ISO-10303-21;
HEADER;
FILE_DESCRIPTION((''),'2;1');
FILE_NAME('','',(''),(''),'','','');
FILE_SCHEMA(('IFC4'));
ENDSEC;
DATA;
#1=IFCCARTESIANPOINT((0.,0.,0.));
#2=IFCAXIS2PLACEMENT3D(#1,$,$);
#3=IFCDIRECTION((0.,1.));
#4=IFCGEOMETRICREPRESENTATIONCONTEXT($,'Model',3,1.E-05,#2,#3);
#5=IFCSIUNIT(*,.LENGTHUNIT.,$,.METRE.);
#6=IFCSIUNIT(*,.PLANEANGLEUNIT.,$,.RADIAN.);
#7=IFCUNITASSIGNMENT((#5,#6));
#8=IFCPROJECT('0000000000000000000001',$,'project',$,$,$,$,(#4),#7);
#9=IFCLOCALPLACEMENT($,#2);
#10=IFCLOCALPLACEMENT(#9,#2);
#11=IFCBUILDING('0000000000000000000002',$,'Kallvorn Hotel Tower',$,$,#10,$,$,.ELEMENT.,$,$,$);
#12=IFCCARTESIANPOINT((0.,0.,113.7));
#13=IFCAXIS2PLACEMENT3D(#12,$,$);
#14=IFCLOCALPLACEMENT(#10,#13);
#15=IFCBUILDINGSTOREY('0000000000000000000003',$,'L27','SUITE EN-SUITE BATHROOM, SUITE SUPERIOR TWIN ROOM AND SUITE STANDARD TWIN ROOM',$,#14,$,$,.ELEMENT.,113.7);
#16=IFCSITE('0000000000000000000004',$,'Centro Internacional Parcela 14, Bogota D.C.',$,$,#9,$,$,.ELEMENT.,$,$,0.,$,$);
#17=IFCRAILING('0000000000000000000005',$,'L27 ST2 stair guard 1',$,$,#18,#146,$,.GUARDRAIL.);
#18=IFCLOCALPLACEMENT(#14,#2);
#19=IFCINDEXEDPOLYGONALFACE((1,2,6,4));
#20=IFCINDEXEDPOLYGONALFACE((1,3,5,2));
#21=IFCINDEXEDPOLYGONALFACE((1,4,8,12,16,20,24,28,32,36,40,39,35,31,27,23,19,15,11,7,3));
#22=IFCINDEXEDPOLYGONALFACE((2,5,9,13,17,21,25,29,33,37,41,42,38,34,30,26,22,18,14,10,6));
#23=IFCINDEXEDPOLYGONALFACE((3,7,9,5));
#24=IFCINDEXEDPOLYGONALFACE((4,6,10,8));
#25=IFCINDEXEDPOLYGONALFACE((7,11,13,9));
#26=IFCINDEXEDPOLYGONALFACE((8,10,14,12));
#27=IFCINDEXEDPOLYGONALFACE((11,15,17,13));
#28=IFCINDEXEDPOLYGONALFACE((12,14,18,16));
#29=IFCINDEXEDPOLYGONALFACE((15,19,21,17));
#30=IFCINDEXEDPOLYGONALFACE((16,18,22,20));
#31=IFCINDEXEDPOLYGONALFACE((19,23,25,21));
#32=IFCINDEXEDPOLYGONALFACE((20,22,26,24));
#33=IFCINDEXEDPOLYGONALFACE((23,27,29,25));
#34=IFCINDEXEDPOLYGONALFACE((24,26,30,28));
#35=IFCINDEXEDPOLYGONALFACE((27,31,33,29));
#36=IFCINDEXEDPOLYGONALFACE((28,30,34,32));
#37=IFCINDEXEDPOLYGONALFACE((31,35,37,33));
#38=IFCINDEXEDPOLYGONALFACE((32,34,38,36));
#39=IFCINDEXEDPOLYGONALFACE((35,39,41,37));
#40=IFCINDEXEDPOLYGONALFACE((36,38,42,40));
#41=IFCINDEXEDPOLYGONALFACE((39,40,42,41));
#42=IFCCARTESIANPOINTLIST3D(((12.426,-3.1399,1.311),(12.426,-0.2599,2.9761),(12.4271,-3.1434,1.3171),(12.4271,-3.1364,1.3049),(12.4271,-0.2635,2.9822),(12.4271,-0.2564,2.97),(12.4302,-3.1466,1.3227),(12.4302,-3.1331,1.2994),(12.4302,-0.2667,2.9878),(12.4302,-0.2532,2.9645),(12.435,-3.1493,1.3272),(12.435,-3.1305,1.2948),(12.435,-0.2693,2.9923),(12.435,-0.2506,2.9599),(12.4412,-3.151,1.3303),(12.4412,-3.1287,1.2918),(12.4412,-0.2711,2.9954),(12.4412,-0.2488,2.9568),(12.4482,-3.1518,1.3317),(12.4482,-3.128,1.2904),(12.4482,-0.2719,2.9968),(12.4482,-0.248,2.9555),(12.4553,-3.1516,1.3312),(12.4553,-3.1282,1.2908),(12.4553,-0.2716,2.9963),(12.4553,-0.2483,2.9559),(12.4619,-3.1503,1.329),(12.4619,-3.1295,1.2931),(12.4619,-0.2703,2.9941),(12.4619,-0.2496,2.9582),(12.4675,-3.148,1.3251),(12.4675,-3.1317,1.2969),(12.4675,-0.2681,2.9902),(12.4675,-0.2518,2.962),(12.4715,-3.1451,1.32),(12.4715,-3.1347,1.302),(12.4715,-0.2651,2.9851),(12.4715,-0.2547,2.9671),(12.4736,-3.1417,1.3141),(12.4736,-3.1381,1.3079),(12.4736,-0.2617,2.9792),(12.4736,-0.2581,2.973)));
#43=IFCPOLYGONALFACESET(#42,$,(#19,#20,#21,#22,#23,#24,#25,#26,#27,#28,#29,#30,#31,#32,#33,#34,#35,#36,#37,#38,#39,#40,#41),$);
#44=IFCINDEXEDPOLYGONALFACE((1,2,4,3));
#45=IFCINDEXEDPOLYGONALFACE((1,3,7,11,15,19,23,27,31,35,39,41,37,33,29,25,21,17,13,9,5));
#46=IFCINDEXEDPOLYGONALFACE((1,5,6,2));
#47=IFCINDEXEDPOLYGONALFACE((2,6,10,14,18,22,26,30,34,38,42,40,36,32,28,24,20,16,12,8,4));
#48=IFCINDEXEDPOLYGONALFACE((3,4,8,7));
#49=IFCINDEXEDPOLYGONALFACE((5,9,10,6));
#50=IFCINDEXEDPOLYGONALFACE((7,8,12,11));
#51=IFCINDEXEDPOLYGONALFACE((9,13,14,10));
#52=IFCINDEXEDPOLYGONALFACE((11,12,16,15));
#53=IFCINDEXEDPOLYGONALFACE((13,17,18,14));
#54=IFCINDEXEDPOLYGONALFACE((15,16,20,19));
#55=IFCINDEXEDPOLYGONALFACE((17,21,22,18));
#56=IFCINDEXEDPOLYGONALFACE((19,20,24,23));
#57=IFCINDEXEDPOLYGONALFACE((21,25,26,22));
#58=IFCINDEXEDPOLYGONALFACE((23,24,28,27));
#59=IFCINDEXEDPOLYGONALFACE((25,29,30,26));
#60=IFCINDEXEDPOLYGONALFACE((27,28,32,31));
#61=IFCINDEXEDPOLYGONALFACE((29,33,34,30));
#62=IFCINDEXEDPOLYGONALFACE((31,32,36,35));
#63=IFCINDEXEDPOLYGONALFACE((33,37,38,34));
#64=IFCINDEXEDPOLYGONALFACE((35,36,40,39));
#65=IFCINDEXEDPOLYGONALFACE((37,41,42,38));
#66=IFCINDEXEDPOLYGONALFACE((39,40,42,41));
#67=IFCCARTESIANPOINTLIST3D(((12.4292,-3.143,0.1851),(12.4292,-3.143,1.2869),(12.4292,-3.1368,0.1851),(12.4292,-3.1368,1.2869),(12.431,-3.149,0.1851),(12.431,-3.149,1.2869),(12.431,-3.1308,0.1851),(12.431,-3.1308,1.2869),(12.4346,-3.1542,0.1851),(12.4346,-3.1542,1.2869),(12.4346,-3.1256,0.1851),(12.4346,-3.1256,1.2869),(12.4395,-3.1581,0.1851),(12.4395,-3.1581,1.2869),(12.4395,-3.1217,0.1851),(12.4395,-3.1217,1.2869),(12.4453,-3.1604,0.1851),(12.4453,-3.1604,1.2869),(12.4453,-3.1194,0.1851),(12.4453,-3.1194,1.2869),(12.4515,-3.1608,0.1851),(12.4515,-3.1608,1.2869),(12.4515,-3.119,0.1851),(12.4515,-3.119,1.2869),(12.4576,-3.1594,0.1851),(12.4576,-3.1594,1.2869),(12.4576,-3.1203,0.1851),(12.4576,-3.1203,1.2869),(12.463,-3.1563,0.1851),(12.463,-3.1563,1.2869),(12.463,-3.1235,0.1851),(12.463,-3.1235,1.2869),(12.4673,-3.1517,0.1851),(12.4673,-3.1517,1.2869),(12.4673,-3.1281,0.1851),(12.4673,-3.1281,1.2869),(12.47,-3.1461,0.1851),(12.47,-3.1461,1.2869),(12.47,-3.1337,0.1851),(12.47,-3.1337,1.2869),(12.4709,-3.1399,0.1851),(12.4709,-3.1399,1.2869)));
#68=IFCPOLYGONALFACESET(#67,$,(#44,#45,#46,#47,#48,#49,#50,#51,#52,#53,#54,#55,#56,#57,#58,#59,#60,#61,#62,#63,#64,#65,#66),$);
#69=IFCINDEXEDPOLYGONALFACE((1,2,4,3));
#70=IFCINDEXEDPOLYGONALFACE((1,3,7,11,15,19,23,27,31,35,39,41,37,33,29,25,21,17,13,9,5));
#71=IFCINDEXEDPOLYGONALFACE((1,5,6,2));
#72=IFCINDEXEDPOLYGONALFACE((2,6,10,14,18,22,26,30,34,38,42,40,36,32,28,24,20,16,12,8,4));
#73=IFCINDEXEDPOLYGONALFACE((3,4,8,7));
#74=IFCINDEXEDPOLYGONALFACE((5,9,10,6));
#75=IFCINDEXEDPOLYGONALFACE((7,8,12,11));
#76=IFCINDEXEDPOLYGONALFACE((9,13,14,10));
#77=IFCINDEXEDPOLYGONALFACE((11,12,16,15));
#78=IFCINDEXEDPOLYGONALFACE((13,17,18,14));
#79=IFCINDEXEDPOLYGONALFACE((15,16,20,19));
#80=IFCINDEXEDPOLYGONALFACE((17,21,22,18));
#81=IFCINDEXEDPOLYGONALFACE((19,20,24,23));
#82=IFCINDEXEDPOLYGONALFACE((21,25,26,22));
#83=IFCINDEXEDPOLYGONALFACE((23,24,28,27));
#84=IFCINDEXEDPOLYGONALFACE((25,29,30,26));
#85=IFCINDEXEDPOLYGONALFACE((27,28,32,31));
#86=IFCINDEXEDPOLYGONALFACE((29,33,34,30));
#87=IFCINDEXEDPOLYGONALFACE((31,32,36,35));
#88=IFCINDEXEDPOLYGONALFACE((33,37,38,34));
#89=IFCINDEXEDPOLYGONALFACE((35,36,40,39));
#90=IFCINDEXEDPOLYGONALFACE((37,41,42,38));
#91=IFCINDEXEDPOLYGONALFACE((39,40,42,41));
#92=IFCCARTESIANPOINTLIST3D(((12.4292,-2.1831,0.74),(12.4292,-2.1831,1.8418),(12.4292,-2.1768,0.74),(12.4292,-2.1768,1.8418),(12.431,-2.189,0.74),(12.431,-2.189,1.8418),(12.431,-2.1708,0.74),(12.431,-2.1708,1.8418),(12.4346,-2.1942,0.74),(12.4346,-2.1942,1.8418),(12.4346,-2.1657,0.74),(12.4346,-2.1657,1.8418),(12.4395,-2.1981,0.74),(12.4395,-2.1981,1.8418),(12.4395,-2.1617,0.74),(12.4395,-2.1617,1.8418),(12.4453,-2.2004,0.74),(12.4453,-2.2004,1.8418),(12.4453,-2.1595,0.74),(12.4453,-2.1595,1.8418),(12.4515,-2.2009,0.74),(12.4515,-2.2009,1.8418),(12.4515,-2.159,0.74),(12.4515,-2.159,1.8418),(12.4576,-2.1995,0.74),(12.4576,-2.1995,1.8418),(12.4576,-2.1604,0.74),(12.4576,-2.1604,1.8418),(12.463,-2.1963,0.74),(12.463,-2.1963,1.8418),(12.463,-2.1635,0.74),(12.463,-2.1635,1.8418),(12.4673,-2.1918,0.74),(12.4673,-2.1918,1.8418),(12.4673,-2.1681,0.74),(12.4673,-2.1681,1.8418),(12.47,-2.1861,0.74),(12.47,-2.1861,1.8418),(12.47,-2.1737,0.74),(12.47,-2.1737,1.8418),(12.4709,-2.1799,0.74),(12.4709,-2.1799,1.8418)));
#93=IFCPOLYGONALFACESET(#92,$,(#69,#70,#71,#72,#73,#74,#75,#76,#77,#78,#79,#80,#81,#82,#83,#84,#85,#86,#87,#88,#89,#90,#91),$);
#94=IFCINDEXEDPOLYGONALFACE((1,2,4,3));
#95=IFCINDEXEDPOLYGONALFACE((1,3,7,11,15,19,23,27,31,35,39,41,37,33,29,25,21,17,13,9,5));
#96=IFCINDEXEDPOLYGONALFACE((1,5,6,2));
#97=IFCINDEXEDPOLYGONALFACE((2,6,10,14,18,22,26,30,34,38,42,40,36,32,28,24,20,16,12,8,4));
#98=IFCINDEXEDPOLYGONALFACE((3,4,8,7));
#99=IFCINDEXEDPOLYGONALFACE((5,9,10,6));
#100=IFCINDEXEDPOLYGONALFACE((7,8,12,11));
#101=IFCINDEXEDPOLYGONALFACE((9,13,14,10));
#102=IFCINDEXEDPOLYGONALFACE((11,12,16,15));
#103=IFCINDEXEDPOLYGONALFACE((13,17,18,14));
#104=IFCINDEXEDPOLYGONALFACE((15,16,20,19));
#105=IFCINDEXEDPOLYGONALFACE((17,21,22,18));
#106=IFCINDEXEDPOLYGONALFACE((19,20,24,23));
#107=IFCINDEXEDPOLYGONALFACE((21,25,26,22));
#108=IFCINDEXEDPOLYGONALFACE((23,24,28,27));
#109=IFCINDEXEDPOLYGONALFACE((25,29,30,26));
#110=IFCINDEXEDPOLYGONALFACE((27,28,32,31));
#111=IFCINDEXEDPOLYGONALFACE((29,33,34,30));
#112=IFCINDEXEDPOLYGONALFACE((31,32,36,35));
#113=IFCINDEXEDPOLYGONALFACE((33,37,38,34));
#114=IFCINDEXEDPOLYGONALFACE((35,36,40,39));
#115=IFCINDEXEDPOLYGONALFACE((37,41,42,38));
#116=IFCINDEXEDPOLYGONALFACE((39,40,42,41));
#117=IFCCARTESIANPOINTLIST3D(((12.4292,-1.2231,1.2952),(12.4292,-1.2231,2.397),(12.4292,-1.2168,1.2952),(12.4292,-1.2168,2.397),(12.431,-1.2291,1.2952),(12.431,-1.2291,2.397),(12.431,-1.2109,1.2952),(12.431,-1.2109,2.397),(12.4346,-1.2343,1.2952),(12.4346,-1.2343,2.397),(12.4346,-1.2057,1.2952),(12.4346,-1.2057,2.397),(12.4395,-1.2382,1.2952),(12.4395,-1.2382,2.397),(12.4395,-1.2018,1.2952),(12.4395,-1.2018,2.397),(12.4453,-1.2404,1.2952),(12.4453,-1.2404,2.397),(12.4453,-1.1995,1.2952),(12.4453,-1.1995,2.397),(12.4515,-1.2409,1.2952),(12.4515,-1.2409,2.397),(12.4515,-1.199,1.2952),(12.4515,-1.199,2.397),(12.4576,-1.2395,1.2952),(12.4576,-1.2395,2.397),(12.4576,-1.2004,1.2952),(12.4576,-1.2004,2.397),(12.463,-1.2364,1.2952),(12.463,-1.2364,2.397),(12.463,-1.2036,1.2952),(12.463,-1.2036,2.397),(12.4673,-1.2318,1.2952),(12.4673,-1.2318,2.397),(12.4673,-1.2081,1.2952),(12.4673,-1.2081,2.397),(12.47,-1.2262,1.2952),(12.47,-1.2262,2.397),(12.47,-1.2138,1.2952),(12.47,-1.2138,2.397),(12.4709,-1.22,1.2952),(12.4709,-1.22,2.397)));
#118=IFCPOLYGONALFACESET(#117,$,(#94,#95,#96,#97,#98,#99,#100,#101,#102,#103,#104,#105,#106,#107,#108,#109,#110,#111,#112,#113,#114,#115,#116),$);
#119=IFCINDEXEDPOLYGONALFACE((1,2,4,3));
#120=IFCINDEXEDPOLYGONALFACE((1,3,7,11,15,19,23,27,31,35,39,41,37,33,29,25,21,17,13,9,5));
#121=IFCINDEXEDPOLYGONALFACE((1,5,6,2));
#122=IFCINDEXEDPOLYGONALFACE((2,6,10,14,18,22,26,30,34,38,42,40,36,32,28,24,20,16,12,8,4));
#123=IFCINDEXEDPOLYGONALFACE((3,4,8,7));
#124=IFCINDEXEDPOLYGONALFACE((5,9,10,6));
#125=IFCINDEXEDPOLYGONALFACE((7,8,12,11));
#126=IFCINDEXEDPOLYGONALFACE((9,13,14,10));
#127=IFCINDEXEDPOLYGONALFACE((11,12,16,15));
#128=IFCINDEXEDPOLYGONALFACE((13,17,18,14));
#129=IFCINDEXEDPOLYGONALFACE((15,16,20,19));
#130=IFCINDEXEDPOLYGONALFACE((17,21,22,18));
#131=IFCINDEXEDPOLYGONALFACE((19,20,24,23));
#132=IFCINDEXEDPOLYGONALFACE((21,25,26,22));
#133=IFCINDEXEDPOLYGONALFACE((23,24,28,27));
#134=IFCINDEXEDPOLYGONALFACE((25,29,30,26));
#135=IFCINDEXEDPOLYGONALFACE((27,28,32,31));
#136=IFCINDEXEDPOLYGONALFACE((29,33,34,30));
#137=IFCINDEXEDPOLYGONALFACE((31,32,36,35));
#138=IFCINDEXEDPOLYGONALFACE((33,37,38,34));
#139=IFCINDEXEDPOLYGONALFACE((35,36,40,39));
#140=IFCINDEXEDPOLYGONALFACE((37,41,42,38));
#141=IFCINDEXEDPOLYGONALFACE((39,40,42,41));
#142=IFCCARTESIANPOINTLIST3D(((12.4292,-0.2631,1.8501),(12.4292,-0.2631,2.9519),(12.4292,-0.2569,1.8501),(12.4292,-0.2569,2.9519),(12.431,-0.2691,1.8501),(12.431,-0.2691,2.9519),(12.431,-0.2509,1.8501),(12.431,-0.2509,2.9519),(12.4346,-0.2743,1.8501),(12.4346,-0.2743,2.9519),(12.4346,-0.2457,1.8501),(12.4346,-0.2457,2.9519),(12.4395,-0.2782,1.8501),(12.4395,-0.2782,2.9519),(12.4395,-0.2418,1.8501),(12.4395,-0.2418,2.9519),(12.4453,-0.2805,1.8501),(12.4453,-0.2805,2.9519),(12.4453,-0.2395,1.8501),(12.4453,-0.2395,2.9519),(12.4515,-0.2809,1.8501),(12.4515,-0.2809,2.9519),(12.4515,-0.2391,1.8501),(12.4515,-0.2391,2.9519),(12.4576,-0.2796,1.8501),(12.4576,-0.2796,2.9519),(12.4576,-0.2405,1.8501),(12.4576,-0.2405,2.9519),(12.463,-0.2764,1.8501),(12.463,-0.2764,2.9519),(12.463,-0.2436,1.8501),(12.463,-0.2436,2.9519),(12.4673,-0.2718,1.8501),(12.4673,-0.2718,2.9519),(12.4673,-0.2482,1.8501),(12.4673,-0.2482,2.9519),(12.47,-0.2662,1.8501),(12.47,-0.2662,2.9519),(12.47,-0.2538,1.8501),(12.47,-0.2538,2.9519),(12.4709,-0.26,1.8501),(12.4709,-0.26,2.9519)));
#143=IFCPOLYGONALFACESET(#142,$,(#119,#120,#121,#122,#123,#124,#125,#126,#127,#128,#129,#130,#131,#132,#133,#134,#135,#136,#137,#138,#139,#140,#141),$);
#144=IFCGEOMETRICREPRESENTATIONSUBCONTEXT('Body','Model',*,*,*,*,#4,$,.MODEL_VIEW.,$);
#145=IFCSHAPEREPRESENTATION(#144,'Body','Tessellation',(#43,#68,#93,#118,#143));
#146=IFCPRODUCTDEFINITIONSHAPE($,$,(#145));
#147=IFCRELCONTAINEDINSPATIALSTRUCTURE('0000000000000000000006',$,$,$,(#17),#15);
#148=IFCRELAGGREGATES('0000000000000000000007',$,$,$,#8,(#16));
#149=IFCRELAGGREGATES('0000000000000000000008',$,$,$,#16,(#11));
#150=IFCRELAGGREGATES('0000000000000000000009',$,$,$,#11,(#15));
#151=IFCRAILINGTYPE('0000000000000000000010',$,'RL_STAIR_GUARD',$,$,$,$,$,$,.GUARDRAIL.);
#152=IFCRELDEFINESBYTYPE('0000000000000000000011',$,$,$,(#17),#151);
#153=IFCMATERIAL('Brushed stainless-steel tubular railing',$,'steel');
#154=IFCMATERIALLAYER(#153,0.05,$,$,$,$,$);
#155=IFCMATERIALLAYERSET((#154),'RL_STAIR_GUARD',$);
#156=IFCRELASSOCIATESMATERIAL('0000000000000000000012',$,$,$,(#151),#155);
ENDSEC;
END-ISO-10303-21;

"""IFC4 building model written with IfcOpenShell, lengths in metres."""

from ifc_helpers import new_model, si_unit, direction, frame, origin, origin_2d, place, context, subcontext, project, spatial, circle, extrude, material, layer, layer_set, type_object, element, save


model = new_model("IFC4")

# Units and contexts
model_context = context("Model", 3, precision=1e-05, world=origin(), true_north=direction((0.0, 1.0)))
body_context = subcontext(model_context, "Body", "Model", "MODEL_VIEW")
ifc_project = project(units=[si_unit("LENGTHUNIT", "METRE"), si_unit("PLANEANGLEUNIT", "RADIAN")], contexts=[model_context])

# Site, building, storey
site_placement = place(None, origin())
site = spatial("IfcSite", under=ifc_project, at=site_placement, Name="Centro Internacional Parcela 14, Bogota D.C.", CompositionType="ELEMENT", RefElevation=0.0)
building_placement = place(site_placement, origin())
building = spatial("IfcBuilding", under=site, at=building_placement, Name="Kallvorn Hotel Tower", CompositionType="ELEMENT")
storey_placement = place(building_placement, frame((0.0, 0.0, 113.7)))
storey = spatial("IfcBuildingStorey", under=building, at=storey_placement, Name="L27", Description="SUITE EN-SUITE BATHROOM, SUITE SUPERIOR TWIN ROOM AND SUITE STANDARD TWIN ROOM", CompositionType="ELEMENT", Elevation=113.7)

# Railing
ifc_material_1 = material(Name="Brushed stainless-steel tubular railing", Category="steel")
ifc_layer_1 = layer(ifc_material_1, 0.05)
ifc_layer_set_1 = layer_set([ifc_layer_1], Name="RL_STAIR_GUARD")
railing_type_1 = type_object("IfcRailingType", Name="RL_STAIR_GUARD", PredefinedType="GUARDRAIL", material=ifc_layer_set_1)
railing_1_placement = place(storey_placement, frame((12.45, -3.1399, 0.1851)))
element("IfcRailing", 1, at=railing_1_placement, inside=storey, type_object=railing_type_1, Name="L27 ST2 stair guard 1", PredefinedType="GUARDRAIL", context=body_context, shape_type="SweptSolid", body=[
    extrude(circle(Radius=0.0239, at=origin_2d()), frame((0.0, 0.0, 1.126), z_axis=(0.0, 0.865721, 0.500527), x_axis=(-1.0, 0.0, 0.0)), (0.0, 0.0, 1.0), 3.3267),
    extrude(circle(Radius=0.021, at=origin_2d()), origin(), (0.0, 0.0, 1.0), 1.1018),
    extrude(circle(Radius=0.021, at=origin_2d()), frame((0.0, 0.96, 0.5549)), (0.0, 0.0, 1.0), 1.1018),
    extrude(circle(Radius=0.021, at=origin_2d()), frame((0.0, 1.9199, 1.1101)), (0.0, 0.0, 1.0), 1.1018),
    extrude(circle(Radius=0.021, at=origin_2d()), frame((0.0, 2.8799, 1.665)), (0.0, 0.0, 1.0), 1.1018),
])

save(model, "model.ifc")
